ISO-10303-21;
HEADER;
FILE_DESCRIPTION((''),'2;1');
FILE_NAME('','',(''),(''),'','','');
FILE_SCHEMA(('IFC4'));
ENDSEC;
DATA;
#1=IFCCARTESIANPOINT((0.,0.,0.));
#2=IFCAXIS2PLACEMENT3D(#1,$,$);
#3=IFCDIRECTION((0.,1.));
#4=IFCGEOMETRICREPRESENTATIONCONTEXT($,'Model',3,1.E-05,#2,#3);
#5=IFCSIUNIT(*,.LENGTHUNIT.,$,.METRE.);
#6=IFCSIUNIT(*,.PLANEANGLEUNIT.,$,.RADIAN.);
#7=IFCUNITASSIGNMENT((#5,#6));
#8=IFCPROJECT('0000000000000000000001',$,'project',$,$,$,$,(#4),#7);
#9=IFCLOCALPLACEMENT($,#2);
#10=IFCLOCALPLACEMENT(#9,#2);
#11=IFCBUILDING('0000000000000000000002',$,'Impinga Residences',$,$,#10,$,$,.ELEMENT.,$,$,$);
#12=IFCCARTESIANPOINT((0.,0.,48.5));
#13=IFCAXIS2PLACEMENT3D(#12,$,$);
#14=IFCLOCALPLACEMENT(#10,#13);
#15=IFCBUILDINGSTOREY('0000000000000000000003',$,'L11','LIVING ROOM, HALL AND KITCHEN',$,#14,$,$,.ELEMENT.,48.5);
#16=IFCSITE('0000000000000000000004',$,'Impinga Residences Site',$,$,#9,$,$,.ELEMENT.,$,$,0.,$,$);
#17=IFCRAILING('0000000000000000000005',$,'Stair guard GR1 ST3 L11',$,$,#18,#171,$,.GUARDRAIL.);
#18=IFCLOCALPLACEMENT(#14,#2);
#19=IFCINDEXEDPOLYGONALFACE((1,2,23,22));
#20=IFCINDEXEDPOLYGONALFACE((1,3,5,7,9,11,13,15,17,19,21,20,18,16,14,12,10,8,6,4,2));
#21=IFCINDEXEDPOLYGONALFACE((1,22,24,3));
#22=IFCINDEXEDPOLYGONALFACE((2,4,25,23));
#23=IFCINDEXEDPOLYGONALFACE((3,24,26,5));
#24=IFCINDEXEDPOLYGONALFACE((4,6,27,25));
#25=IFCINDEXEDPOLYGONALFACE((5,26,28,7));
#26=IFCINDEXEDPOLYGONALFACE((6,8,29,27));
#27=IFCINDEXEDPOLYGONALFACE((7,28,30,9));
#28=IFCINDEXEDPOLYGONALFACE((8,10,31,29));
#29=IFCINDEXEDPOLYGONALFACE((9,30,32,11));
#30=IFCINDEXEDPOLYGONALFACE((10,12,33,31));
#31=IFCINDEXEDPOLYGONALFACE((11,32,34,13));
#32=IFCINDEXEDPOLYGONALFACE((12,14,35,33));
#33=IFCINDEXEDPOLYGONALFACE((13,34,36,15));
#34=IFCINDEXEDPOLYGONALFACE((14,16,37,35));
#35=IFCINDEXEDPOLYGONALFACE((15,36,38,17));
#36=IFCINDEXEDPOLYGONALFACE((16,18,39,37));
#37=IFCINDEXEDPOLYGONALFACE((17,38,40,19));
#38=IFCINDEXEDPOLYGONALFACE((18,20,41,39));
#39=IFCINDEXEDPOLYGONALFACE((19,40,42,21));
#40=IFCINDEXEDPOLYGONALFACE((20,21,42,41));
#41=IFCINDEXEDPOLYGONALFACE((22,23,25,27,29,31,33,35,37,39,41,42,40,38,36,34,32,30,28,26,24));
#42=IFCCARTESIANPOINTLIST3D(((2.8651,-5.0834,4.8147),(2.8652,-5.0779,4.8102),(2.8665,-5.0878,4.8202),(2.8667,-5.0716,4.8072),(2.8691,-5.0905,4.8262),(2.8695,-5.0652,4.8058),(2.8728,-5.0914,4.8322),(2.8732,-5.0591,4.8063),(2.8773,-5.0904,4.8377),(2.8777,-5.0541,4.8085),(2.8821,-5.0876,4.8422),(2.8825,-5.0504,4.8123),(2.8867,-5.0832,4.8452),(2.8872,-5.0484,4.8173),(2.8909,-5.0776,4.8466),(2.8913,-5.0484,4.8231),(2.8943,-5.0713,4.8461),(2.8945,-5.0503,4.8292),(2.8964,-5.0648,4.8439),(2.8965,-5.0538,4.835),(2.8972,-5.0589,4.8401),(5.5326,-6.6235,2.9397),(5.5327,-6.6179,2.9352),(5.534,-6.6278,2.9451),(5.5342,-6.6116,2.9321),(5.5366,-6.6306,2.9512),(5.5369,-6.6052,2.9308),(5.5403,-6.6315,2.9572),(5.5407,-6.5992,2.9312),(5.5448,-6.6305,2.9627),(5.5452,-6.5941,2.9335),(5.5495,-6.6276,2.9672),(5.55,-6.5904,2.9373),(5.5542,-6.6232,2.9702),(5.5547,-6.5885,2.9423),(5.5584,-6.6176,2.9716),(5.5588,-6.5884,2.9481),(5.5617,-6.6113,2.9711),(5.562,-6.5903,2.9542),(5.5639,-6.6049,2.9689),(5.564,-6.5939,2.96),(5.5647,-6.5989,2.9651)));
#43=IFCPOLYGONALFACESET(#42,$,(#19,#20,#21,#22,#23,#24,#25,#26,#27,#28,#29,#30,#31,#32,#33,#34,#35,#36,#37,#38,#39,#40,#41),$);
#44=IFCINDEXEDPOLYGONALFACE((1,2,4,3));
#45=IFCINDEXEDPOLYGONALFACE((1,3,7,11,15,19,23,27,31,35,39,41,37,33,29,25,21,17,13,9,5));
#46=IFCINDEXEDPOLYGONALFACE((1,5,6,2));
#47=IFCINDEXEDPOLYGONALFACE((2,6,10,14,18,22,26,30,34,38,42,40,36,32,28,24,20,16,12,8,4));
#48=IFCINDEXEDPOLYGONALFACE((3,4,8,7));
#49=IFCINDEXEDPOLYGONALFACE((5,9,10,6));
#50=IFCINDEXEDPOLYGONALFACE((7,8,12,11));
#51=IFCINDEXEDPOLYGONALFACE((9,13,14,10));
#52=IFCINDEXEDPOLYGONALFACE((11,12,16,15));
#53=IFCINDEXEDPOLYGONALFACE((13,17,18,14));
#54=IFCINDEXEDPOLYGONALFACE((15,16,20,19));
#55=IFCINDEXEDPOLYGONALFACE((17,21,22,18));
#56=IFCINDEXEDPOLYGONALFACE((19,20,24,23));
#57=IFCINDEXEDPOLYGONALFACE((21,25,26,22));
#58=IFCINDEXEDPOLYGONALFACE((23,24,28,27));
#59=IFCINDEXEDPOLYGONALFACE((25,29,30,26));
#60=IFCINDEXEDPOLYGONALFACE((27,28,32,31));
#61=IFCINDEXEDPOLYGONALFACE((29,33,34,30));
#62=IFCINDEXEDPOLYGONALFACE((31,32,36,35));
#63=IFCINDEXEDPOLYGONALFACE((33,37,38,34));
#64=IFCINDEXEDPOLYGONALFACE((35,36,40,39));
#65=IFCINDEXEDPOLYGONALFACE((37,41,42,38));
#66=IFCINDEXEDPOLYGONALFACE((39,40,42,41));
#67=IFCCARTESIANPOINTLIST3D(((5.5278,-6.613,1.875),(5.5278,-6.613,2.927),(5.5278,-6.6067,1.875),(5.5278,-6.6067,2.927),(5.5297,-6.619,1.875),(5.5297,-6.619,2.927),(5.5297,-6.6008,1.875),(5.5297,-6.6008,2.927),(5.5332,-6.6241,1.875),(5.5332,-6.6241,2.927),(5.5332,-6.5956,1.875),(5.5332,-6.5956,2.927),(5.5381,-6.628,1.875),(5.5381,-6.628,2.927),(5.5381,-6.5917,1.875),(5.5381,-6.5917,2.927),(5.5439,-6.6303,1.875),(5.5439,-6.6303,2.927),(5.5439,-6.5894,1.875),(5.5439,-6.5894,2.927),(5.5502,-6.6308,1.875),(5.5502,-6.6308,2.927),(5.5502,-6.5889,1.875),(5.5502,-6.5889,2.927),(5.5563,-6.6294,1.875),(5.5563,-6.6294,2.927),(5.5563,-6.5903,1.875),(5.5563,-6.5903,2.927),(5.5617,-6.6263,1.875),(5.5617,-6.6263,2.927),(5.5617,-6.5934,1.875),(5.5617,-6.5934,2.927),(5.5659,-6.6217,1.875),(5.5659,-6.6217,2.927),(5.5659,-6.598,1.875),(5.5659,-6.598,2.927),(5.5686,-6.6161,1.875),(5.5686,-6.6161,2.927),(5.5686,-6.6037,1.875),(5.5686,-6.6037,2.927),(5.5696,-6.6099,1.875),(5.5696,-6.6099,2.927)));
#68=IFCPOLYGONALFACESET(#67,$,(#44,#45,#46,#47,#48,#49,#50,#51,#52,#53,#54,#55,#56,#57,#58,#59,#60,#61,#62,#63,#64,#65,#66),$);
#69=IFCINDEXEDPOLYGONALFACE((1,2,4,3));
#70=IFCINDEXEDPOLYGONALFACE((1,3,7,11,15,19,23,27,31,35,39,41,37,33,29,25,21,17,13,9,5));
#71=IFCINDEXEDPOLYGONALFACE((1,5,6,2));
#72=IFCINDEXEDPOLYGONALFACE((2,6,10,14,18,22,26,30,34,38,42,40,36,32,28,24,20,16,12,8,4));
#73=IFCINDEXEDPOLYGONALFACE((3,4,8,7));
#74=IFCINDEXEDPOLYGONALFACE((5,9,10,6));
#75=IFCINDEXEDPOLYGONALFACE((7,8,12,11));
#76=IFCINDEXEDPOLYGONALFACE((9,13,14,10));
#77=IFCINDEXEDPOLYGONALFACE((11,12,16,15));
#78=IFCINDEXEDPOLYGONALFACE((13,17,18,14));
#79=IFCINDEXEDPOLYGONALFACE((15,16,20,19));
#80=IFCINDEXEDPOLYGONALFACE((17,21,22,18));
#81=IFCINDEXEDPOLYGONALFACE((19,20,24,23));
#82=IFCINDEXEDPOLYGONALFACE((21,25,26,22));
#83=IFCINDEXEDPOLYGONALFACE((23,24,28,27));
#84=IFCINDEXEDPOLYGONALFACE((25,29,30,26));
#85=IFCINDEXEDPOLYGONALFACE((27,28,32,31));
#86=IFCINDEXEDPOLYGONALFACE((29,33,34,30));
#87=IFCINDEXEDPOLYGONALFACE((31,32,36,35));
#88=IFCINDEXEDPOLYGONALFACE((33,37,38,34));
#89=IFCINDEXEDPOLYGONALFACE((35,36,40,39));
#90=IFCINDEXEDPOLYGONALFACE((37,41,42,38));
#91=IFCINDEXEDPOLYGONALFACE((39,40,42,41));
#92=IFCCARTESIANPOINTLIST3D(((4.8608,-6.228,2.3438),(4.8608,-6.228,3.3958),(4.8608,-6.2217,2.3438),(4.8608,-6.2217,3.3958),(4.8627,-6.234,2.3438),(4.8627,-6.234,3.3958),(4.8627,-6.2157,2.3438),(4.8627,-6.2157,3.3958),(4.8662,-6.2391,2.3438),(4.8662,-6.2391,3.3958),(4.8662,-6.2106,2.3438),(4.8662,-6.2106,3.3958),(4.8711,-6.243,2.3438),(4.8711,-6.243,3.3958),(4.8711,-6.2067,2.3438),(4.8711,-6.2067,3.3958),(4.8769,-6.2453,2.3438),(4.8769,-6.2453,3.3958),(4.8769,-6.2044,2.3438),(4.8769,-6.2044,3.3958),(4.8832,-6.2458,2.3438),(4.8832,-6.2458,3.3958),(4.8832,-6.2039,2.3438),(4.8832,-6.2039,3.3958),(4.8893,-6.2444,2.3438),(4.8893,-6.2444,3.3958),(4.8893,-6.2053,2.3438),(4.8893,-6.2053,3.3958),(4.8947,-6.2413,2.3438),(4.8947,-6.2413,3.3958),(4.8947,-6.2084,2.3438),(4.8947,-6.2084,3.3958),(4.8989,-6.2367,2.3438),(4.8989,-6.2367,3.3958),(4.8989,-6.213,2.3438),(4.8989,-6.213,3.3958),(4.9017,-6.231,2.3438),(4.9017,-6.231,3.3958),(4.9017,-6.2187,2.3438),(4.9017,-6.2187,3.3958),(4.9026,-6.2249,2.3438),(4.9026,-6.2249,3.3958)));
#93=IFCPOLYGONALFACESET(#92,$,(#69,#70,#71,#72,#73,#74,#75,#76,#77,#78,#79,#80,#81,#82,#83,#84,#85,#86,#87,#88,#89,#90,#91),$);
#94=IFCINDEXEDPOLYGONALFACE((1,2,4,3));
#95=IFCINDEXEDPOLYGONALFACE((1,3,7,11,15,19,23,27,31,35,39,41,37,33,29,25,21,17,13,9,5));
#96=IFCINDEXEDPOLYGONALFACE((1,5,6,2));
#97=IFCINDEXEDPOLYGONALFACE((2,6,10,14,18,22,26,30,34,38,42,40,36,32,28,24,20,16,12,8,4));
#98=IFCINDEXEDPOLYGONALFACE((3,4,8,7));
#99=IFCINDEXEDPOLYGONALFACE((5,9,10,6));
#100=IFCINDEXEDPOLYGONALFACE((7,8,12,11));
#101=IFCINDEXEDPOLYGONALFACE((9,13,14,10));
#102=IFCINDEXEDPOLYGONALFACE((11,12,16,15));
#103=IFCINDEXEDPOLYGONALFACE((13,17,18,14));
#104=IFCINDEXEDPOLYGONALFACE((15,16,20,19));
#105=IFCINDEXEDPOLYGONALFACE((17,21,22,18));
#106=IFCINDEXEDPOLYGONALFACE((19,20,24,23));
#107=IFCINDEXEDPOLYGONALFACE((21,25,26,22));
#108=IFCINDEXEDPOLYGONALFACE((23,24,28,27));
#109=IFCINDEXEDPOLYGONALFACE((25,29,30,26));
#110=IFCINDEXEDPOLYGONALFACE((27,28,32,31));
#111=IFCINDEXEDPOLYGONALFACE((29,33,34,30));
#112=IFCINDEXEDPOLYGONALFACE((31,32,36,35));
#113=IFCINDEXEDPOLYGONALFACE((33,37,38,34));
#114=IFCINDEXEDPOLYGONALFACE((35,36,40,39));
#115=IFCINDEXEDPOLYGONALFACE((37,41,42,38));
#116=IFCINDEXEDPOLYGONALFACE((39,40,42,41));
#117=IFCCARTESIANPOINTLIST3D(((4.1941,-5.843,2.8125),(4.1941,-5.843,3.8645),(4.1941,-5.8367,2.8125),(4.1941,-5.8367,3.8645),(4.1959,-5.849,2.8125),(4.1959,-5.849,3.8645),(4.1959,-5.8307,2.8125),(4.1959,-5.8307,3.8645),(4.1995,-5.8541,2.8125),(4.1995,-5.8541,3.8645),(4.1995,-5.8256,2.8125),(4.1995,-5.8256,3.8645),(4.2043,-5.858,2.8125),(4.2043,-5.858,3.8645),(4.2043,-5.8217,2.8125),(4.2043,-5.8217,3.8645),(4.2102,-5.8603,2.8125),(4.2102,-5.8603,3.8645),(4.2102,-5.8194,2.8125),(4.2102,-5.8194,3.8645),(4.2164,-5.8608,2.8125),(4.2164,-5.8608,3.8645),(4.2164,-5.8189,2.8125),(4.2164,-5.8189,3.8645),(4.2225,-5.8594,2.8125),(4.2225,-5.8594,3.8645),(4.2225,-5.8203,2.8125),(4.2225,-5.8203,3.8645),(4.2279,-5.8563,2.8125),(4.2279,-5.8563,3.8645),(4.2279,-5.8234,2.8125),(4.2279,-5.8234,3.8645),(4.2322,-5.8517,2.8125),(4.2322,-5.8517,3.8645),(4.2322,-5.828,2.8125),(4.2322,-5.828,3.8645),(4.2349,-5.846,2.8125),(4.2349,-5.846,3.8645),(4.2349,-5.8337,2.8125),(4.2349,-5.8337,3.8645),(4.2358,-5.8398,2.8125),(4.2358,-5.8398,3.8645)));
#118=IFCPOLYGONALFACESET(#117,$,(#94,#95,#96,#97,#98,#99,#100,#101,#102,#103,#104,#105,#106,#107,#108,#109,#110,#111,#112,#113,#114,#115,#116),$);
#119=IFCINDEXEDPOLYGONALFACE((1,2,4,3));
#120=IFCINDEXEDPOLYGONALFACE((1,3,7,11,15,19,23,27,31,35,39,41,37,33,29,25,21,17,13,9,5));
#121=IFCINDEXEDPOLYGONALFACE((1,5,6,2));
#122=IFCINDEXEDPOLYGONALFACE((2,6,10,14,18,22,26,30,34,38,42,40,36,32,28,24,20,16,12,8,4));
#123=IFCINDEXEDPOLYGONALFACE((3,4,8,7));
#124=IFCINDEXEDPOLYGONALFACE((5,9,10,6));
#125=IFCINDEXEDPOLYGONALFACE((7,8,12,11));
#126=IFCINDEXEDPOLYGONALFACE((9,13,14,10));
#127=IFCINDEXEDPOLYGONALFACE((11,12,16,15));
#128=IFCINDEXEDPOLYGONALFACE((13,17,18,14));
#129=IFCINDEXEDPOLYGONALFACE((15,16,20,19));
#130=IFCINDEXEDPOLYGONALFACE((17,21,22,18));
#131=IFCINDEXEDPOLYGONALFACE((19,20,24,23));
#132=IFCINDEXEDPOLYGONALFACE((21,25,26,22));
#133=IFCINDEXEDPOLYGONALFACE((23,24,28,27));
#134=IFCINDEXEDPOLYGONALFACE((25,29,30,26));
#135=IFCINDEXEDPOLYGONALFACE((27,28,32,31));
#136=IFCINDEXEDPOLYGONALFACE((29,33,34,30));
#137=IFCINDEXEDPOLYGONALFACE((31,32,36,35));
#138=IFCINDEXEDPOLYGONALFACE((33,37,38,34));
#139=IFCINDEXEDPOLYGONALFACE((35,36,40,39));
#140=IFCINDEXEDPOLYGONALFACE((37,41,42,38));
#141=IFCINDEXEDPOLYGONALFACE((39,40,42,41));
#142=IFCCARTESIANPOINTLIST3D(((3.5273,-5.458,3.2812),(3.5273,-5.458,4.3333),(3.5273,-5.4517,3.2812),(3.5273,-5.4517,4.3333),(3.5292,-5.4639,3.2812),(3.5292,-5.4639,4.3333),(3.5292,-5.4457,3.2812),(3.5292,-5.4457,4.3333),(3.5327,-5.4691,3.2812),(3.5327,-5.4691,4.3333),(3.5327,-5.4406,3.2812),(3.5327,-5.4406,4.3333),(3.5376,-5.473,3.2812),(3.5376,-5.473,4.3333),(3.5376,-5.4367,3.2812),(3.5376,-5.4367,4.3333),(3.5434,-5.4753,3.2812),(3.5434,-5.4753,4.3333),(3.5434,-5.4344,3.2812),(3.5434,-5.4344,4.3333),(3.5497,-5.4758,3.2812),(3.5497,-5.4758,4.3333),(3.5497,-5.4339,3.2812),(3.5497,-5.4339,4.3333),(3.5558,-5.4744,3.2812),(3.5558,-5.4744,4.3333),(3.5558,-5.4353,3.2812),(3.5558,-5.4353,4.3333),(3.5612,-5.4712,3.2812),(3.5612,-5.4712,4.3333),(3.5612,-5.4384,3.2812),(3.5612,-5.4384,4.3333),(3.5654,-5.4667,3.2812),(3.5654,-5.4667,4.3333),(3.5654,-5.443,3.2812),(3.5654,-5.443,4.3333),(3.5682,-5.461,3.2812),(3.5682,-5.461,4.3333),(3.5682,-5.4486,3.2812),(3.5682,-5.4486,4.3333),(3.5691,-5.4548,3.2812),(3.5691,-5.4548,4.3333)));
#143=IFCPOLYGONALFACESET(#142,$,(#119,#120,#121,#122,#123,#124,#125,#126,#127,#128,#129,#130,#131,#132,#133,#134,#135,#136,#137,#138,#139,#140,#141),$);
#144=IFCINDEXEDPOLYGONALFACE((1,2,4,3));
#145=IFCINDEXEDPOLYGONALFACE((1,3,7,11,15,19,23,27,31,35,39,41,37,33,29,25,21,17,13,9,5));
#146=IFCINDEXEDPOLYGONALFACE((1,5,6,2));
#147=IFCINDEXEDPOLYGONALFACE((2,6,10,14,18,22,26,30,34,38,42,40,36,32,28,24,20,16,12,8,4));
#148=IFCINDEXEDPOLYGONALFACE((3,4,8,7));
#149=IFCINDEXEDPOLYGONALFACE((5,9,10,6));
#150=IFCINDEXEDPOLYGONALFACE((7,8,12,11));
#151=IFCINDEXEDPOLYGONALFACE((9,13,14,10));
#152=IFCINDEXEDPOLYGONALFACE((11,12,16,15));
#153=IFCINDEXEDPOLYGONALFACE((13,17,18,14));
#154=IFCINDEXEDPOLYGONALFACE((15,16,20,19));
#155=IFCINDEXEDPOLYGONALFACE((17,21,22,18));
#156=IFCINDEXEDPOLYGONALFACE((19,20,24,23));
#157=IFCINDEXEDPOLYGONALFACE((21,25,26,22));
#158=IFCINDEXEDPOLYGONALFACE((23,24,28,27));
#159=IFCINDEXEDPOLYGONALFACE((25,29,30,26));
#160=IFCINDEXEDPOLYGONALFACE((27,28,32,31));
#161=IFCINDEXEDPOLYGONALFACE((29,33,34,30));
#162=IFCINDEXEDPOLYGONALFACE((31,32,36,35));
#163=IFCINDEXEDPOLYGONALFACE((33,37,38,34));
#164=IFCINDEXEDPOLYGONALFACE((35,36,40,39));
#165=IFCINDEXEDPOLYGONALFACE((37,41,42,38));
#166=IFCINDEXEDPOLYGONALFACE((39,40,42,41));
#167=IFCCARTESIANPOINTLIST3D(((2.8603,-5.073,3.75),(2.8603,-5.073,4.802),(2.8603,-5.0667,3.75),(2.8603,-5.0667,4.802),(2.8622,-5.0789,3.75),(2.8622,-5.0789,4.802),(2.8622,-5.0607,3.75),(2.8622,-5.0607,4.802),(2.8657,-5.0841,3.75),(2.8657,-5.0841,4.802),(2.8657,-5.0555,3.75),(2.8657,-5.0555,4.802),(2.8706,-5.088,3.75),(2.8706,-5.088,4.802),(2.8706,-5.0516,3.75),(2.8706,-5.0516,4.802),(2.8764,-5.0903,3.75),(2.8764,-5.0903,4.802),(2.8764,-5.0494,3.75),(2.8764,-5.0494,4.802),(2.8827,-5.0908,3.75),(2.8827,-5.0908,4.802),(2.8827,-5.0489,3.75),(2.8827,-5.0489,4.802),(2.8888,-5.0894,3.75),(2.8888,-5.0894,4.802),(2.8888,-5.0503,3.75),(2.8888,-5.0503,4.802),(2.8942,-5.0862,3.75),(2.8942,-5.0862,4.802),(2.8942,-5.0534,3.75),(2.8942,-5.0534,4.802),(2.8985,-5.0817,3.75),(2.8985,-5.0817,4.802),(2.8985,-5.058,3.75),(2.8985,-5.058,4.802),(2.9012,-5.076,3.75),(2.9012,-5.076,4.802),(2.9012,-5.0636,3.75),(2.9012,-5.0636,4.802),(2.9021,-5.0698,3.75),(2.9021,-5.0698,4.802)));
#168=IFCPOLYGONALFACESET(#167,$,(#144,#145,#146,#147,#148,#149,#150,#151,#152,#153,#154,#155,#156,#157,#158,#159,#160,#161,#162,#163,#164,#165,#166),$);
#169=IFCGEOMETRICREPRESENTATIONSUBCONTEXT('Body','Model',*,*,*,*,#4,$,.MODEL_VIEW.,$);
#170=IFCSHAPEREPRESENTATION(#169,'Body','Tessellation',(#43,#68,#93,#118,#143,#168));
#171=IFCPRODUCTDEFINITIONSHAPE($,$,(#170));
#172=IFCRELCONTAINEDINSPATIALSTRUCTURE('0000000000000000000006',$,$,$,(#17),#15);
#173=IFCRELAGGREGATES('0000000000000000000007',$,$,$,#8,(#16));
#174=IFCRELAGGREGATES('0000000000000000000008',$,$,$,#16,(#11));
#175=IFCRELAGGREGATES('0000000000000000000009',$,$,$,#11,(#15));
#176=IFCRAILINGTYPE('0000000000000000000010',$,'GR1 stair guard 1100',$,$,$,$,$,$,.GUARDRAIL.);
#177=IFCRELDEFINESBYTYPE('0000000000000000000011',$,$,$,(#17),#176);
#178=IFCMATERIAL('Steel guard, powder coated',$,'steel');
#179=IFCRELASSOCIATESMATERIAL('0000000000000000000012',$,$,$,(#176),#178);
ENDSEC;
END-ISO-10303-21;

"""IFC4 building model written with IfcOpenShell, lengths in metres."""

from ifc_helpers import new_model, si_unit, direction, frame, origin, origin_2d, place, context, subcontext, project, spatial, circle, extrude, material, type_object, element, save


model = new_model("IFC4")

# Units and contexts
model_context = context("Model", 3, precision=1e-05, world=origin(), true_north=direction((0.0, 1.0)))
body_context = subcontext(model_context, "Body", "Model", "MODEL_VIEW")
ifc_project = project(units=[si_unit("LENGTHUNIT", "METRE"), si_unit("PLANEANGLEUNIT", "RADIAN")], contexts=[model_context])

# Site, building, storey
site_placement = place(None, origin())
site = spatial("IfcSite", under=ifc_project, at=site_placement, Name="Impinga Residences Site", CompositionType="ELEMENT", RefElevation=0.0)
building_placement = place(site_placement, origin())
building = spatial("IfcBuilding", under=site, at=building_placement, Name="Impinga Residences", CompositionType="ELEMENT")
storey_placement = place(building_placement, frame((0.0, 0.0, 48.5)))
storey = spatial("IfcBuildingStorey", under=building, at=storey_placement, Name="L11", Description="LIVING ROOM, HALL AND KITCHEN", CompositionType="ELEMENT", Elevation=48.5)

# Railing
ifc_material_1 = material(Name="Steel guard, powder coated", Category="steel")
railing_type_1 = type_object("IfcRailingType", Name="GR1 stair guard 1100", PredefinedType="GUARDRAIL", material=ifc_material_1)
railing_1_placement = place(storey_placement, frame((5.5486, -6.6099, 1.875)))
element("IfcRailing", 1, at=railing_1_placement, inside=storey, type_object=railing_type_1, Name="Stair guard GR1 ST3 L11", PredefinedType="GUARDRAIL", context=body_context, shape_type="SweptSolid", body=[
    extrude(circle(Radius=0.0239, at=origin_2d()), frame((0.0, 0.0, 1.0762), z_axis=(-0.739746, 0.427084, 0.519975), x_axis=(-0.499992, -0.86603, 0.0)), (0.0, 0.0, 1.0), 3.606),
    extrude(circle(Radius=0.021, at=origin_2d()), origin(), (0.0, 0.0, 1.0), 1.052),
    extrude(circle(Radius=0.021, at=origin_2d()), frame((-0.667, 0.385, 0.4688)), (0.0, 0.0, 1.0), 1.052),
    extrude(circle(Radius=0.021, at=origin_2d()), frame((-1.3337, 0.77, 0.9375)), (0.0, 0.0, 1.0), 1.052),
    extrude(circle(Radius=0.021, at=origin_2d()), frame((-2.0005, 1.155, 1.4062)), (0.0, 0.0, 1.0), 1.052),
    extrude(circle(Radius=0.021, at=origin_2d()), frame((-2.6675, 1.54, 1.875)), (0.0, 0.0, 1.0), 1.052),
])

save(model, "model.ifc")
